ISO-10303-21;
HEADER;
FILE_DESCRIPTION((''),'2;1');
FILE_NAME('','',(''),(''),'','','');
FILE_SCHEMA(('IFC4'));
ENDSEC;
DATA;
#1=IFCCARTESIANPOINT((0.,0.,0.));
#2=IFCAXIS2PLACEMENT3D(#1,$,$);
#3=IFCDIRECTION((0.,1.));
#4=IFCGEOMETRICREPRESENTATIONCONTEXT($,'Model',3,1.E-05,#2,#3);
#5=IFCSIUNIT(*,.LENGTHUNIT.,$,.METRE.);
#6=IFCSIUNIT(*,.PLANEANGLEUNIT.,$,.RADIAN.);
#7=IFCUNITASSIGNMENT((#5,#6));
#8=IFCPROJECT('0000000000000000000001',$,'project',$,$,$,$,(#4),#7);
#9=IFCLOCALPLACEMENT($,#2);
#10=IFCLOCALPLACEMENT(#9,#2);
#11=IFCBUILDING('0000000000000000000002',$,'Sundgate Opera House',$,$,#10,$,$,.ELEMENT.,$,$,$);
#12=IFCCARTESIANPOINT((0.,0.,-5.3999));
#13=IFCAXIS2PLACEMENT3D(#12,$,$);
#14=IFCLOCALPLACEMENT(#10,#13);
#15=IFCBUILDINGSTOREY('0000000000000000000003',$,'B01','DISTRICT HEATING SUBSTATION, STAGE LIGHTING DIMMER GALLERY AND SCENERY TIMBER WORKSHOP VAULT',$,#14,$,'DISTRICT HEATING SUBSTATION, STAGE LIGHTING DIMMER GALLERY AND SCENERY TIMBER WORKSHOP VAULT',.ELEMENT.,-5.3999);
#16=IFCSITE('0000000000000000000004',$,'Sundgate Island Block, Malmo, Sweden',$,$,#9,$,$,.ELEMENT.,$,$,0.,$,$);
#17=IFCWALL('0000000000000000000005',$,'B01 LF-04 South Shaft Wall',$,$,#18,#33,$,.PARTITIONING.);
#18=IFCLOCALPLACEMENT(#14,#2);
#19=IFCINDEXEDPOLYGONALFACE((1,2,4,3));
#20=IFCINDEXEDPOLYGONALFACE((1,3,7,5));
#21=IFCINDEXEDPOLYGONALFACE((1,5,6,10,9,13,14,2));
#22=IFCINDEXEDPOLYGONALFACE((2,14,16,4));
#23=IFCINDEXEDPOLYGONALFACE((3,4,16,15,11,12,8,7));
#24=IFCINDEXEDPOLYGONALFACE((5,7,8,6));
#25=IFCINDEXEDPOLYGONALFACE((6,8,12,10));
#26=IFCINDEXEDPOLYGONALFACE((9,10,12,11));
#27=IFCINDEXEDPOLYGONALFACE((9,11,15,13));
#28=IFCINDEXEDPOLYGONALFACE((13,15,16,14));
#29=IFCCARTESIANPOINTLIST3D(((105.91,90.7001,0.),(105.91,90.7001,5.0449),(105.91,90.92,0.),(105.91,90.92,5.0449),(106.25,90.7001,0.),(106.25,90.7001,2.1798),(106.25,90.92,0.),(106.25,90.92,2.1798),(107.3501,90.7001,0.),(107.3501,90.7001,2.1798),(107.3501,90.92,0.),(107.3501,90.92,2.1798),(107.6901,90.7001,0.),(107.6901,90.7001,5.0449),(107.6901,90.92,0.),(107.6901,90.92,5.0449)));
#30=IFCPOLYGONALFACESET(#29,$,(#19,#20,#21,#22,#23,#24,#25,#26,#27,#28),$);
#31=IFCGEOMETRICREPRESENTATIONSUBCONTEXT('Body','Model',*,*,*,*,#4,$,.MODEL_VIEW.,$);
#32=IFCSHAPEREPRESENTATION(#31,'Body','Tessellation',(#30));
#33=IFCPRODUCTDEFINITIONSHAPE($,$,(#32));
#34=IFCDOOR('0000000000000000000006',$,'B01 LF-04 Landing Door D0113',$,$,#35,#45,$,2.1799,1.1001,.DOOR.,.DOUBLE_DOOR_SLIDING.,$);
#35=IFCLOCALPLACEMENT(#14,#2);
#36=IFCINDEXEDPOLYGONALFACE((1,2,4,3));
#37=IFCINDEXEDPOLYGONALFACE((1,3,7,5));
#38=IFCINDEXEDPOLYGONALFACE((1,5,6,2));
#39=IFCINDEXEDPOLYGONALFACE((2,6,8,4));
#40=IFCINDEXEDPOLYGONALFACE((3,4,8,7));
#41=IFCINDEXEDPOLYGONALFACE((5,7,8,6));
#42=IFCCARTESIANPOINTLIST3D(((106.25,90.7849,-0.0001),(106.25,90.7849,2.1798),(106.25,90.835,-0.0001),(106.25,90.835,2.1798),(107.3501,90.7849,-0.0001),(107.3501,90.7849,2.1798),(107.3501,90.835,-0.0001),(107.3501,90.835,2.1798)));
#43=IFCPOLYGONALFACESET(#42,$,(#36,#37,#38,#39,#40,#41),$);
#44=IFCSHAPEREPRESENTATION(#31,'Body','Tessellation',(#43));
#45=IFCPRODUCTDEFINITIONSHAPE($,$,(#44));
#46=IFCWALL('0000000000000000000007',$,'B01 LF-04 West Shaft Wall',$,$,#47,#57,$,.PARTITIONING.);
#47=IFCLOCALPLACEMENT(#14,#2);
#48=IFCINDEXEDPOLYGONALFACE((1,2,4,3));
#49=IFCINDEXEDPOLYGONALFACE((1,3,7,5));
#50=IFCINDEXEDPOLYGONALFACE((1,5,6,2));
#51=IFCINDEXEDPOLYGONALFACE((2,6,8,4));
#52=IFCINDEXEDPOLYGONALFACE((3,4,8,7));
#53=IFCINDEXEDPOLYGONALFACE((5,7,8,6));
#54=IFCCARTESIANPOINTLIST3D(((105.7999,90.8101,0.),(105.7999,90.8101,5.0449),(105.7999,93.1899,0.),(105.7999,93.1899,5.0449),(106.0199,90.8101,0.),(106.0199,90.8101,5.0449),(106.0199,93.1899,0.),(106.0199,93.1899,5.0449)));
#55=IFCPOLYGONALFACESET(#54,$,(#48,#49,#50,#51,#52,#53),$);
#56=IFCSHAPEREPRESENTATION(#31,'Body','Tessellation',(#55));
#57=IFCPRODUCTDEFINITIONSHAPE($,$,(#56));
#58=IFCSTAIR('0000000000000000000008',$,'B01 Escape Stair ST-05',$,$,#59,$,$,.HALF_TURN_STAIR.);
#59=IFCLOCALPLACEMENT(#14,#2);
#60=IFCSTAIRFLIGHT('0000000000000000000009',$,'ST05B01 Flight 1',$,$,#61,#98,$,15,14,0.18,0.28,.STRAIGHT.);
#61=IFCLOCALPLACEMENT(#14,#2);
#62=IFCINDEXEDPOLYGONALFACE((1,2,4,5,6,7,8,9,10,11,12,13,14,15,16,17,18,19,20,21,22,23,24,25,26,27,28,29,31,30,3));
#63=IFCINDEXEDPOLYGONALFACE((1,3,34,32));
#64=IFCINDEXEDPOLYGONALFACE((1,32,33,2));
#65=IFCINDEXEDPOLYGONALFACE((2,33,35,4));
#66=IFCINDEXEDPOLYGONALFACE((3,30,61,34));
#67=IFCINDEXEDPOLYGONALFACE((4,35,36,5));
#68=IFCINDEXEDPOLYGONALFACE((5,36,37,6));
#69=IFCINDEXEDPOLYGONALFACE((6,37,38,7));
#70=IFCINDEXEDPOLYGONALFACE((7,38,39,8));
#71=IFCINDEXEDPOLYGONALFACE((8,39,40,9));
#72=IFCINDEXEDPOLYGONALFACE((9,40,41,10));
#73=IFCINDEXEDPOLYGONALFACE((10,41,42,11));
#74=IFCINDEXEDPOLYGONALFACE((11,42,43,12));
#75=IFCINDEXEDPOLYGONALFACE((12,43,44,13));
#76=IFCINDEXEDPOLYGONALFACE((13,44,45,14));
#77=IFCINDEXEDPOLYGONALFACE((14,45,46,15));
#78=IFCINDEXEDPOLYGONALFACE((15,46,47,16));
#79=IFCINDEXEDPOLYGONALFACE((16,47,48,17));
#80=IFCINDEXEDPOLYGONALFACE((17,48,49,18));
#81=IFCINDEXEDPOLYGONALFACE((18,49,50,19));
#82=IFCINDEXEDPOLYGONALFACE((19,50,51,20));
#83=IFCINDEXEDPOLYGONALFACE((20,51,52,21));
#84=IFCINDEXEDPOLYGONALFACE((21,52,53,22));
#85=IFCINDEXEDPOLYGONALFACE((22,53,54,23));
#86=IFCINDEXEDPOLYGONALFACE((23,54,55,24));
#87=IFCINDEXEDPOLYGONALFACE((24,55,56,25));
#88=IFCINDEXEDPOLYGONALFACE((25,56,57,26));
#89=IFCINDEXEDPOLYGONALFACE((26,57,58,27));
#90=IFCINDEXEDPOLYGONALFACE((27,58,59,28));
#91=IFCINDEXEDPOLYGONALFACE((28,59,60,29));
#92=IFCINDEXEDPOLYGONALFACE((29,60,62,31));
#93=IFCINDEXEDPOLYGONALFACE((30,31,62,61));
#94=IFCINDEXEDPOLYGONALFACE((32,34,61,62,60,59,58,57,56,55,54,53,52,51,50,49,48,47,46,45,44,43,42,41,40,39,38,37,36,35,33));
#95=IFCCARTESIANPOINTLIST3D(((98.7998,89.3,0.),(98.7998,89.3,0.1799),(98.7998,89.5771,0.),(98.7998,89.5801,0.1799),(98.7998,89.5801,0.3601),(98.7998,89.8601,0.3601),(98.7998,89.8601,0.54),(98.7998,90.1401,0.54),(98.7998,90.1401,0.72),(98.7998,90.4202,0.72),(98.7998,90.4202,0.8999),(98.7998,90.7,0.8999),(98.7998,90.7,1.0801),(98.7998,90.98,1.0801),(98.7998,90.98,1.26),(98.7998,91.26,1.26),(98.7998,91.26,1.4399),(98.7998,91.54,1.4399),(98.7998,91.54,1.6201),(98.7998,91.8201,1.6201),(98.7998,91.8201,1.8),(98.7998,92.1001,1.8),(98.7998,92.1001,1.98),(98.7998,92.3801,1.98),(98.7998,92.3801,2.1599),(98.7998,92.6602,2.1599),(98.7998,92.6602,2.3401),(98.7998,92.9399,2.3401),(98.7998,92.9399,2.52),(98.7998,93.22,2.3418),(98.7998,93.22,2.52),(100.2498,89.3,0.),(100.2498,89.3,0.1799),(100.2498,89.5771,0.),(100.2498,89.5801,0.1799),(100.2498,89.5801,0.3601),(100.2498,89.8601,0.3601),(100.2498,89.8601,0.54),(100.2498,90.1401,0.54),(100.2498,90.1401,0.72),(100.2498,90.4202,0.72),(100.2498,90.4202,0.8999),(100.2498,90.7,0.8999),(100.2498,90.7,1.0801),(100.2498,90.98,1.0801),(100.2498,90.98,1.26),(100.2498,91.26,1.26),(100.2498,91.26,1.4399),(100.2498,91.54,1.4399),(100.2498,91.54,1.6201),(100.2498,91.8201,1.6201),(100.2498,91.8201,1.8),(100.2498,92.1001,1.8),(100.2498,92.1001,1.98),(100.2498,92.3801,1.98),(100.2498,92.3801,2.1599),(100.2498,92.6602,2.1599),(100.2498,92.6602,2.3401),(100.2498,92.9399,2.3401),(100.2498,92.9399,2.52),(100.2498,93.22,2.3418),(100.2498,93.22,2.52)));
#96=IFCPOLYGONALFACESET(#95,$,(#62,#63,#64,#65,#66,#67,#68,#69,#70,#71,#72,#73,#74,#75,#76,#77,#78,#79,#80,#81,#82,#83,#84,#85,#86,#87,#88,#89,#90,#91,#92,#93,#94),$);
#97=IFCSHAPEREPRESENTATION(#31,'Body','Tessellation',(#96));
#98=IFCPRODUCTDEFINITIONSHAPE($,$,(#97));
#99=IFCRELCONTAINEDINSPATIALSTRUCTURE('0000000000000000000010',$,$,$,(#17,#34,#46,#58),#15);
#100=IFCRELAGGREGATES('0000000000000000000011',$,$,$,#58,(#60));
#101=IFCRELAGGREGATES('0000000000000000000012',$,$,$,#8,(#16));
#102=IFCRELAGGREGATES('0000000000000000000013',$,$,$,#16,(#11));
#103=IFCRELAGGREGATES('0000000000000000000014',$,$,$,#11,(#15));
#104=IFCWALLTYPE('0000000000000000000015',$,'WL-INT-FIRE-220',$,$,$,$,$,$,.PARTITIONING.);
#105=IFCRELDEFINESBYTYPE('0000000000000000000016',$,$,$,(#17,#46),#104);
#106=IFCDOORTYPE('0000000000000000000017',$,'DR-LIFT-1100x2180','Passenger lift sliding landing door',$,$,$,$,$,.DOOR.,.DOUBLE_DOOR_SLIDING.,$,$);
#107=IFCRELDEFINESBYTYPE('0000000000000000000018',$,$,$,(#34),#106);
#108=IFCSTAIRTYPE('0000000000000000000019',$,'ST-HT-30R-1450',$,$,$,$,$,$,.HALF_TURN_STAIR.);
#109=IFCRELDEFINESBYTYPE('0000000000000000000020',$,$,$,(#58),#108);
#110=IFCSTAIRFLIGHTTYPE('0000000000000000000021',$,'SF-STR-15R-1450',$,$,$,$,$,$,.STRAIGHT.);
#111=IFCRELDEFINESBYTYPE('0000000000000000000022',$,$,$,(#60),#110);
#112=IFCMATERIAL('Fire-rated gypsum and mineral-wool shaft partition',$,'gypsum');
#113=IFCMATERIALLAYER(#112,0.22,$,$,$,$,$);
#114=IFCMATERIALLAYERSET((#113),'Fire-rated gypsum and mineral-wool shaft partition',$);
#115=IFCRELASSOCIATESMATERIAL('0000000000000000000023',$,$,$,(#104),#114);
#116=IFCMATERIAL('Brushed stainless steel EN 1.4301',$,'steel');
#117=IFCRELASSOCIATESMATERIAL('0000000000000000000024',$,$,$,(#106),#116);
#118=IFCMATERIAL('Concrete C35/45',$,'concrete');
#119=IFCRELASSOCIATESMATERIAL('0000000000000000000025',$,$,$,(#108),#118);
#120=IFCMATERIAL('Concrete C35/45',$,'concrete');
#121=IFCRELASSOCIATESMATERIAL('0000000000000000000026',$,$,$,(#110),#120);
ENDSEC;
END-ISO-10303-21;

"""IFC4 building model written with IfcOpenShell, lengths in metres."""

from ifc_helpers import new_model, si_unit, direction, frame, frame_2d, origin, place, context, subcontext, project, spatial, polyline, rectangle, outline, extrude, material, layer, layer_set, type_object, element, fill, aggregate, save


model = new_model("IFC4")

# Units and contexts
model_context = context("Model", 3, precision=1e-05, world=origin(), true_north=direction((0.0, 1.0)))
body_context = subcontext(model_context, "Body", "Model", "MODEL_VIEW")
ifc_project = project(units=[si_unit("LENGTHUNIT", "METRE"), si_unit("PLANEANGLEUNIT", "RADIAN")], contexts=[model_context])

# Site, building, storey
site_placement = place(None, origin())
site = spatial("IfcSite", under=ifc_project, at=site_placement, Name="Sundgate Island Block, Malmo, Sweden", CompositionType="ELEMENT", RefElevation=0.0)
building_placement = place(site_placement, origin())
building = spatial("IfcBuilding", under=site, at=building_placement, Name="Sundgate Opera House", CompositionType="ELEMENT")
storey_placement = place(building_placement, frame((0.0, 0.0, -5.3999)))
storey = spatial("IfcBuildingStorey", under=building, at=storey_placement, Name="B01", Description="DISTRICT HEATING SUBSTATION, STAGE LIGHTING DIMMER GALLERY AND SCENERY TIMBER WORKSHOP VAULT", LongName="DISTRICT HEATING SUBSTATION, STAGE LIGHTING DIMMER GALLERY AND SCENERY TIMBER WORKSHOP VAULT", CompositionType="ELEMENT", Elevation=-5.3999)

# Wall, opening, door
ifc_material_1 = material(Name="Fire-rated gypsum and mineral-wool shaft partition", Category="gypsum")
ifc_layer_1 = layer(ifc_material_1, 0.22)
ifc_layer_set_1 = layer_set([ifc_layer_1], Name="Fire-rated gypsum and mineral-wool shaft partition")
wall_type_1 = type_object("IfcWallType", Name="WL-INT-FIRE-220", PredefinedType="PARTITIONING", material=ifc_layer_set_1)
wall_1_placement = place(storey_placement, frame((105.9099, 90.8101, 0.0), z_axis=(0.0, 0.0, 1.0), x_axis=(1.0, 0.0, 0.0)))
wall_1 = element("IfcWall", 1, at=wall_1_placement, inside=storey, type_object=wall_type_1, Name="B01 LF-04 South Shaft Wall", PredefinedType="PARTITIONING", context=body_context, shape_type="SweptSolid", body=[
    extrude(rectangle(XDim=1.78, YDim=0.22, at=frame_2d((0.8901, 0.0))), origin(), (0.0, 0.0, 1.0), 5.0449),
])
opening_1_placement = place(wall_1_placement, frame((0.3401, 0.0, 0.0)))
opening_1 = element("IfcOpeningElement", 2, at=opening_1_placement, cuts=wall_1, PredefinedType="OPENING", context=body_context, shape_type="SweptSolid", body=[
    extrude(rectangle(XDim=1.1001, YDim=2.1799, at=frame_2d((0.55, 1.0898))), frame((0.0, 0.1199, 0.0), z_axis=(0.0, -1.0, 0.0), x_axis=(1.0, 0.0, 0.0)), (0.0, 0.0, 1.0), 0.24),
])
ifc_material_2 = material(Name="Brushed stainless steel EN 1.4301", Category="steel")
door_type_1 = type_object("IfcDoorType", Name="DR-LIFT-1100x2180", Description="Passenger lift sliding landing door", OperationType="DOUBLE_DOOR_SLIDING", PredefinedType="DOOR", material=ifc_material_2)
door_1_placement = place(opening_1_placement, origin())
door_1 = element("IfcDoor", 3, at=door_1_placement, inside=storey, type_object=door_type_1, Name="B01 LF-04 Landing Door D0113", OperationType="DOUBLE_DOOR_SLIDING", OverallHeight=2.1799, OverallWidth=1.1001, PredefinedType="DOOR", context=body_context, shape_type="SweptSolid", body=[
    extrude(rectangle(XDim=1.1001, YDim=2.1799, at=frame_2d((0.55, 1.0898))), frame((0.0, 0.0249, 0.0), z_axis=(0.0, -1.0, 0.0), x_axis=(1.0, 0.0, 0.0)), (0.0, 0.0, 1.0), 0.05),
])
fill(opening_1, door_1)

# Wall
wall_2_placement = place(storey_placement, frame((105.9099, 90.8101, 0.0), z_axis=(0.0, 0.0, 1.0), x_axis=(0.0, 1.0, 0.0)))
element("IfcWall", 4, at=wall_2_placement, inside=storey, type_object=wall_type_1, Name="B01 LF-04 West Shaft Wall", PredefinedType="PARTITIONING", context=body_context, shape_type="SweptSolid", body=[
    extrude(rectangle(XDim=2.3799, YDim=0.22, at=frame_2d((1.1899, 0.0))), origin(), (0.0, 0.0, 1.0), 5.0449),
])

# Stair, stair flight
ifc_material_3 = material(Name="Concrete C35/45", Category="concrete")
stair_type = type_object("IfcStairType", Name="ST-HT-30R-1450", PredefinedType="HALF_TURN_STAIR", material=ifc_material_3)
stair_placement = place(storey_placement, origin())
stair = element("IfcStair", 5, at=stair_placement, inside=storey, type_object=stair_type, Name="B01 Escape Stair ST-05", PredefinedType="HALF_TURN_STAIR")
ifc_material_4 = material(Name="Concrete C35/45", Category="concrete")
stair_flight_type = type_object("IfcStairFlightType", Name="SF-STR-15R-1450", PredefinedType="STRAIGHT", material=ifc_material_4)
stair_flight_placement = place(storey_placement, frame((99.5249, 89.3, 0.0), z_axis=(0.0, 0.0, 1.0), x_axis=(0.0, 1.0, 0.0)))
stair_flight = element("IfcStairFlight", 6, at=stair_flight_placement, type_object=stair_flight_type, Name="ST05B01 Flight 1", NumberOfRisers=15, NumberOfTreads=14, PredefinedType="STRAIGHT", RiserHeight=0.18, TreadLength=0.28, context=body_context, shape_type="SweptSolid", body=[
    extrude(outline(polyline([(0.0, 0.0), (0.0, 0.1799), (0.28, 0.1799), (0.28, 0.3601), (0.5601, 0.3601), (0.5601, 0.54), (0.8401, 0.54), (0.8401, 0.72), (1.1201, 0.72), (1.1201, 0.8999), (1.3999, 0.8999), (1.3999, 1.0801), (1.6799, 1.0801), (1.6799, 1.26), (1.96, 1.26), (1.96, 1.4399), (2.24, 1.4399), (2.24, 1.6201), (2.52, 1.6201), (2.52, 1.8), (2.8, 1.8), (2.8, 1.98), (3.0801, 1.98), (3.0801, 2.1599), (3.3601, 2.1599), (3.3601, 2.3401), (3.6399, 2.3401), (3.6399, 2.52), (3.9199, 2.52), (3.9199, 2.7), (3.9199, 2.3418), (0.2771, 0.0), (0.0, 0.0)])), frame((0.0, 0.7251, 0.0), z_axis=(0.0, -1.0, 0.0), x_axis=(1.0, 0.0, 0.0)), (0.0, 0.0, 1.0), 1.45),
])
aggregate(stair, [stair_flight])

save(model, "model.ifc")
